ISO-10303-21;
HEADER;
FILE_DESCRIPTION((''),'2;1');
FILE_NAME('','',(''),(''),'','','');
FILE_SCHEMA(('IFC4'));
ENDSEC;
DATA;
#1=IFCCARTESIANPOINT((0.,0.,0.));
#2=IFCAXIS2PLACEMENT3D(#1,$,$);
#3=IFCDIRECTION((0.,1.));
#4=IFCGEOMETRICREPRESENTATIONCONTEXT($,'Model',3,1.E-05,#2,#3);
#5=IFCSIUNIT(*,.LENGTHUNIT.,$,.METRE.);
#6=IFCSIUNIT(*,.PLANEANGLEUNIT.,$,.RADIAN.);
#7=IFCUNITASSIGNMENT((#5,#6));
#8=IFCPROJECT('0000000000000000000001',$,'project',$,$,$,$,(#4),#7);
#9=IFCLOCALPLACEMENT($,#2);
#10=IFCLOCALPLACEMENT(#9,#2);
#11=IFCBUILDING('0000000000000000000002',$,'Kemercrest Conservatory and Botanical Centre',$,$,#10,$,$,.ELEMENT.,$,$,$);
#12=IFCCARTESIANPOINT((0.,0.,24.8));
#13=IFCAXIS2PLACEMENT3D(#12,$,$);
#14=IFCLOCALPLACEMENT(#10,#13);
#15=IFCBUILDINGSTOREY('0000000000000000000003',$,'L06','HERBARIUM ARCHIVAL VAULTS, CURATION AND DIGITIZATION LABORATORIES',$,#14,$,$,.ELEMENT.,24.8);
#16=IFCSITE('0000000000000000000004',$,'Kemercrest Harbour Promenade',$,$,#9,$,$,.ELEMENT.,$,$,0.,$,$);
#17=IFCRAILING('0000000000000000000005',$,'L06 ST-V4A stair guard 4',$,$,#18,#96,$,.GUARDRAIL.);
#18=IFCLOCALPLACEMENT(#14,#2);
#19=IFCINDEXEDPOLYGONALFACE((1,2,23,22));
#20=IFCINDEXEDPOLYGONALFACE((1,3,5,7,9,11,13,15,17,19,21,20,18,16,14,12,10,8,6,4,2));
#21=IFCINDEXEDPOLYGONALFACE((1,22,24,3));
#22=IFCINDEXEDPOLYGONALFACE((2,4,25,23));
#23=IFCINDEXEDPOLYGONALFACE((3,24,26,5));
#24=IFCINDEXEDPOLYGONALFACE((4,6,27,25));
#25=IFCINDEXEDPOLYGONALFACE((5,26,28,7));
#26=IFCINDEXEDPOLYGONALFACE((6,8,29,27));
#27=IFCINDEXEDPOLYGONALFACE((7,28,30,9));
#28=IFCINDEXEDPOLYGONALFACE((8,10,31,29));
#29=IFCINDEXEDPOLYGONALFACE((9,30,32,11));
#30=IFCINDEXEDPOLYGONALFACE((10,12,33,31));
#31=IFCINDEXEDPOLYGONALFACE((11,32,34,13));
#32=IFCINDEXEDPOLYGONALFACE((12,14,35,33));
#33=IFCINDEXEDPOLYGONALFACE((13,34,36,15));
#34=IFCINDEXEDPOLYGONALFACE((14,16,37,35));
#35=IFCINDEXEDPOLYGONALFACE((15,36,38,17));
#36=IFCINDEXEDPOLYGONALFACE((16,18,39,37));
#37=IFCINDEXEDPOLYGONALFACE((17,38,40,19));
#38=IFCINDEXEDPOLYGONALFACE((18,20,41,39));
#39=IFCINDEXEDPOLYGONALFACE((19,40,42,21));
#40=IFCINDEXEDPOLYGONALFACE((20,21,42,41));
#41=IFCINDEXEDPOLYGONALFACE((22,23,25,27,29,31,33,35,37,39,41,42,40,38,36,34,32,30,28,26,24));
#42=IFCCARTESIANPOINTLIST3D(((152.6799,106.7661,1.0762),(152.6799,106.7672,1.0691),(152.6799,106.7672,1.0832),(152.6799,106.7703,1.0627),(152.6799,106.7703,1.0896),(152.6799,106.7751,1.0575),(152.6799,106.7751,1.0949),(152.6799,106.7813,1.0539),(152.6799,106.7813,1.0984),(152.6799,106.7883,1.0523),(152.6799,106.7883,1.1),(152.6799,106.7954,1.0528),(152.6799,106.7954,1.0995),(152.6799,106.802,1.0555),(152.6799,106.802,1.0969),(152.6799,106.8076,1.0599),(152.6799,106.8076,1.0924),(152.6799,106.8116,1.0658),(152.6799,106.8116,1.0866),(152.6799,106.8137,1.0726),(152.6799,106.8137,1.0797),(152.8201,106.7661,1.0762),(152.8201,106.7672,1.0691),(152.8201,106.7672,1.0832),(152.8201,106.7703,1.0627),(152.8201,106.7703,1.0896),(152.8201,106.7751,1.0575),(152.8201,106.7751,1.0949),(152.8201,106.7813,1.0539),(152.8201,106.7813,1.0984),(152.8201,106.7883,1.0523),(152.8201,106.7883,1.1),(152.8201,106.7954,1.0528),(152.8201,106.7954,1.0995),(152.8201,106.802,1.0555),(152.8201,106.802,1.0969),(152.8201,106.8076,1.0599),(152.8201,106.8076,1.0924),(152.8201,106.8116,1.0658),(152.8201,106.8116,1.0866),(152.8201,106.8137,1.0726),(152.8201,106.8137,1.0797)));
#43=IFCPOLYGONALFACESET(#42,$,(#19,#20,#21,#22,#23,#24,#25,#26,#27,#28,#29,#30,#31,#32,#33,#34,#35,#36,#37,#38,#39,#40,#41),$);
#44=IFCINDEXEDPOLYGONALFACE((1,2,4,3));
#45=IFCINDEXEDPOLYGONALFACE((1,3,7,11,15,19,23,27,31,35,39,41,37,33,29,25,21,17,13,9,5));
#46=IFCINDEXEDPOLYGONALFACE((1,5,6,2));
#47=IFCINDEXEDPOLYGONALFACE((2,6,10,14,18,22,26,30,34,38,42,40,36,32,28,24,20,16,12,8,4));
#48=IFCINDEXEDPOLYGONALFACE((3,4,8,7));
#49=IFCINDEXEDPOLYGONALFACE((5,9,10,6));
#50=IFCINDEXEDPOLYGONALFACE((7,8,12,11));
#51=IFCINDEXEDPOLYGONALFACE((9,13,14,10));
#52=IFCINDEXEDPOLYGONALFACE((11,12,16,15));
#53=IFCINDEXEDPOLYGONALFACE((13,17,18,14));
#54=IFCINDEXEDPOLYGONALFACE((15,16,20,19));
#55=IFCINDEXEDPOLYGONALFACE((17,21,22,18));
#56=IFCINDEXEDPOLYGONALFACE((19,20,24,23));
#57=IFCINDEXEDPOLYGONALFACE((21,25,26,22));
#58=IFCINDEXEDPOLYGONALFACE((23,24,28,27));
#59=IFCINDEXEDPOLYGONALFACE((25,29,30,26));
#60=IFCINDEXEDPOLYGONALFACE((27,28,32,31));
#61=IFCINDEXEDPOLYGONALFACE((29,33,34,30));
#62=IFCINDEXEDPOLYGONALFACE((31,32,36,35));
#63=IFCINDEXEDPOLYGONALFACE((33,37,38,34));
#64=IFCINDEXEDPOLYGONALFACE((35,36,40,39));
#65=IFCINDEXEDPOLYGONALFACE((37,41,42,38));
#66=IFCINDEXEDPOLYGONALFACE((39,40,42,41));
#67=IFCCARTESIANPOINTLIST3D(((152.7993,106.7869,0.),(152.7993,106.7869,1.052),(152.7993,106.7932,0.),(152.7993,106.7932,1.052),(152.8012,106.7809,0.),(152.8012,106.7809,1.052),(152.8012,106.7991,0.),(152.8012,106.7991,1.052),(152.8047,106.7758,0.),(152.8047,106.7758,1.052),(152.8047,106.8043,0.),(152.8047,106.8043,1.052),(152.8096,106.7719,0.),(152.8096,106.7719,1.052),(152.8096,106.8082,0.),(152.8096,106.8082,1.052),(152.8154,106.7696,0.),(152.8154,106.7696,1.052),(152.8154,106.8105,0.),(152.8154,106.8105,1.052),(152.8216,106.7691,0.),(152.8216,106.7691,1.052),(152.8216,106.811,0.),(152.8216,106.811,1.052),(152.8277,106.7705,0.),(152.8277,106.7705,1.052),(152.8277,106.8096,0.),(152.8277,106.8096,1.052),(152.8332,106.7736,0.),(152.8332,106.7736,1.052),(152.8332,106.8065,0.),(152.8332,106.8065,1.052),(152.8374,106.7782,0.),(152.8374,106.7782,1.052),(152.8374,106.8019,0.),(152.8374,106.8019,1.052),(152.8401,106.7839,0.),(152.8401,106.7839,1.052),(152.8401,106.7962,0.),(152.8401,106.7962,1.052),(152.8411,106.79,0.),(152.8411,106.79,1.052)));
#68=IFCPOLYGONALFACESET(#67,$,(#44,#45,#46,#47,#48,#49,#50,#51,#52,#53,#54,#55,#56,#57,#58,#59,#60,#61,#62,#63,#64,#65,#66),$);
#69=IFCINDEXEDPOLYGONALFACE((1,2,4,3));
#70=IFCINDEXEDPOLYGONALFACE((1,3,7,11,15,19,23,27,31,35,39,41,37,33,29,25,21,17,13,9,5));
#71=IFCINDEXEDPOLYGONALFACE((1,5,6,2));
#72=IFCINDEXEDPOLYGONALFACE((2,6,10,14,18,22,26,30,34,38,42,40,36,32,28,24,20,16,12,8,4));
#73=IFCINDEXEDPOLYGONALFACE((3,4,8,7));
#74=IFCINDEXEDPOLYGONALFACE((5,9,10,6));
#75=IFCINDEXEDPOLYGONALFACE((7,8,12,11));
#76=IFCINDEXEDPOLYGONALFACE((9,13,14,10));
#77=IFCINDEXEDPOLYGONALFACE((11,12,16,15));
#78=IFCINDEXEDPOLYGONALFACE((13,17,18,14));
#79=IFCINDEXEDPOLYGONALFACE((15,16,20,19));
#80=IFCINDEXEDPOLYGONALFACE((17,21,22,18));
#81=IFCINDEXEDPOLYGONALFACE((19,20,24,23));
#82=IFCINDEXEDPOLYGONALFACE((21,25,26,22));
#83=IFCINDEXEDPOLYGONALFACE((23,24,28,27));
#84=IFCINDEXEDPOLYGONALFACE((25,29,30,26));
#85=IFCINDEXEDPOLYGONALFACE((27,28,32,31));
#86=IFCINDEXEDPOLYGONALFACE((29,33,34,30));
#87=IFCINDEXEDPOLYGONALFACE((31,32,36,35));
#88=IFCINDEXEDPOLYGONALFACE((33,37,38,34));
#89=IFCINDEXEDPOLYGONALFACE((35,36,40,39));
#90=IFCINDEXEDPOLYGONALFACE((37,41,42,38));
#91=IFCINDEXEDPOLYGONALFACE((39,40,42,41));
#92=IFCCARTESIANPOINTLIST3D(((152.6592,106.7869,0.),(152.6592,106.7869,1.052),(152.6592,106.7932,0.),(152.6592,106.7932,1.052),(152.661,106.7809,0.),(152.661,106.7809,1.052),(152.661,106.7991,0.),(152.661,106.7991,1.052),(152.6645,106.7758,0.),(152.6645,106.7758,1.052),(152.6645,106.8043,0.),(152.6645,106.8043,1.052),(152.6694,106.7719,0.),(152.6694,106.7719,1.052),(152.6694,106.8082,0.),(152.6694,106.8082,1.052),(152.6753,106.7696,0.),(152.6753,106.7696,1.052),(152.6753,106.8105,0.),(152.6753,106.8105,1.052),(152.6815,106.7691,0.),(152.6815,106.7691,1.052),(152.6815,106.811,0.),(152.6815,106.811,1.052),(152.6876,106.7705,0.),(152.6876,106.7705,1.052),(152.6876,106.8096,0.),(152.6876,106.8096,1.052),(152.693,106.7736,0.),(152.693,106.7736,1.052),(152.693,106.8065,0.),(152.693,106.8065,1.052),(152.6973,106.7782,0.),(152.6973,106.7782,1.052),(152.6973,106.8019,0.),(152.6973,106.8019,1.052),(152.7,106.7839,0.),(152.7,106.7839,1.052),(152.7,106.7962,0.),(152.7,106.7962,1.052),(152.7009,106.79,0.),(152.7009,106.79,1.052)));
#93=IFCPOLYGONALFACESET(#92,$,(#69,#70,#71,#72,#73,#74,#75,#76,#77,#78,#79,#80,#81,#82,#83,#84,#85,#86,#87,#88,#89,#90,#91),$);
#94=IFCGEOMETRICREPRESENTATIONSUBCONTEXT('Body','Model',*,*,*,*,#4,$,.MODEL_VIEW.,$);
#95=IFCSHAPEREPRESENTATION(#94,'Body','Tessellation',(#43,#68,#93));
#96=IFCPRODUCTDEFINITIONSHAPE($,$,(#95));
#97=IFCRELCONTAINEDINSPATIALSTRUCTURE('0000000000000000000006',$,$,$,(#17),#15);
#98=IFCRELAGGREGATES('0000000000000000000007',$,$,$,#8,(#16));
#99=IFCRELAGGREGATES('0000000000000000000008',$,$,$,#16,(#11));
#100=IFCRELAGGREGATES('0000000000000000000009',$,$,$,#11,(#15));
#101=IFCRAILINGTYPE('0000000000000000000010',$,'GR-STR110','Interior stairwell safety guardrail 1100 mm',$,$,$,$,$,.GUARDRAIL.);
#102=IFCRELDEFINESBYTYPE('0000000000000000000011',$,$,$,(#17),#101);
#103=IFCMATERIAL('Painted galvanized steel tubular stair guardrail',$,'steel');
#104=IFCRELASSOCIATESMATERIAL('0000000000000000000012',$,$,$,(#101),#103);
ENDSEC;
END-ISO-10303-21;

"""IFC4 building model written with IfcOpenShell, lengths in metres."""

from ifc_helpers import new_model, si_unit, direction, frame, origin, origin_2d, place, context, subcontext, project, spatial, circle, extrude, material, type_object, element, save


model = new_model("IFC4")

# Units and contexts
model_context = context("Model", 3, precision=1e-05, world=origin(), true_north=direction((0.0, 1.0)))
body_context = subcontext(model_context, "Body", "Model", "MODEL_VIEW")
ifc_project = project(units=[si_unit("LENGTHUNIT", "METRE"), si_unit("PLANEANGLEUNIT", "RADIAN")], contexts=[model_context])

# Site, building, storey
site_placement = place(None, origin())
site = spatial("IfcSite", under=ifc_project, at=site_placement, Name="Kemercrest Harbour Promenade", CompositionType="ELEMENT", RefElevation=0.0)
building_placement = place(site_placement, origin())
building = spatial("IfcBuilding", under=site, at=building_placement, Name="Kemercrest Conservatory and Botanical Centre", CompositionType="ELEMENT")
storey_placement = place(building_placement, frame((0.0, 0.0, 24.8)))
storey = spatial("IfcBuildingStorey", under=building, at=storey_placement, Name="L06", Description="HERBARIUM ARCHIVAL VAULTS, CURATION AND DIGITIZATION LABORATORIES", CompositionType="ELEMENT", Elevation=24.8)

# Railing
ifc_material_1 = material(Name="Painted galvanized steel tubular stair guardrail", Category="steel")
railing_type_1 = type_object("IfcRailingType", Name="GR-STR110", Description="Interior stairwell safety guardrail 1100 mm", PredefinedType="GUARDRAIL", material=ifc_material_1)
railing_1_placement = place(storey_placement, frame((152.8201, 106.79, 0.0)))
element("IfcRailing", 1, at=railing_1_placement, inside=storey, type_object=railing_type_1, Name="L06 ST-V4A stair guard 4", PredefinedType="GUARDRAIL", context=body_context, shape_type="SweptSolid", body=[
    extrude(circle(Radius=0.0239, at=origin_2d()), frame((0.0, 0.0, 1.0762), z_axis=(-1.0, 0.0, 0.0), x_axis=(0.0, -1.0, 0.0)), (0.0, 0.0, 1.0), 0.1401),
    extrude(circle(Radius=0.021, at=origin_2d()), origin(), (0.0, 0.0, 1.0), 1.052),
    extrude(circle(Radius=0.021, at=origin_2d()), frame((-0.1401, 0.0, 0.0)), (0.0, 0.0, 1.0), 1.052),
])

save(model, "model.ifc")
